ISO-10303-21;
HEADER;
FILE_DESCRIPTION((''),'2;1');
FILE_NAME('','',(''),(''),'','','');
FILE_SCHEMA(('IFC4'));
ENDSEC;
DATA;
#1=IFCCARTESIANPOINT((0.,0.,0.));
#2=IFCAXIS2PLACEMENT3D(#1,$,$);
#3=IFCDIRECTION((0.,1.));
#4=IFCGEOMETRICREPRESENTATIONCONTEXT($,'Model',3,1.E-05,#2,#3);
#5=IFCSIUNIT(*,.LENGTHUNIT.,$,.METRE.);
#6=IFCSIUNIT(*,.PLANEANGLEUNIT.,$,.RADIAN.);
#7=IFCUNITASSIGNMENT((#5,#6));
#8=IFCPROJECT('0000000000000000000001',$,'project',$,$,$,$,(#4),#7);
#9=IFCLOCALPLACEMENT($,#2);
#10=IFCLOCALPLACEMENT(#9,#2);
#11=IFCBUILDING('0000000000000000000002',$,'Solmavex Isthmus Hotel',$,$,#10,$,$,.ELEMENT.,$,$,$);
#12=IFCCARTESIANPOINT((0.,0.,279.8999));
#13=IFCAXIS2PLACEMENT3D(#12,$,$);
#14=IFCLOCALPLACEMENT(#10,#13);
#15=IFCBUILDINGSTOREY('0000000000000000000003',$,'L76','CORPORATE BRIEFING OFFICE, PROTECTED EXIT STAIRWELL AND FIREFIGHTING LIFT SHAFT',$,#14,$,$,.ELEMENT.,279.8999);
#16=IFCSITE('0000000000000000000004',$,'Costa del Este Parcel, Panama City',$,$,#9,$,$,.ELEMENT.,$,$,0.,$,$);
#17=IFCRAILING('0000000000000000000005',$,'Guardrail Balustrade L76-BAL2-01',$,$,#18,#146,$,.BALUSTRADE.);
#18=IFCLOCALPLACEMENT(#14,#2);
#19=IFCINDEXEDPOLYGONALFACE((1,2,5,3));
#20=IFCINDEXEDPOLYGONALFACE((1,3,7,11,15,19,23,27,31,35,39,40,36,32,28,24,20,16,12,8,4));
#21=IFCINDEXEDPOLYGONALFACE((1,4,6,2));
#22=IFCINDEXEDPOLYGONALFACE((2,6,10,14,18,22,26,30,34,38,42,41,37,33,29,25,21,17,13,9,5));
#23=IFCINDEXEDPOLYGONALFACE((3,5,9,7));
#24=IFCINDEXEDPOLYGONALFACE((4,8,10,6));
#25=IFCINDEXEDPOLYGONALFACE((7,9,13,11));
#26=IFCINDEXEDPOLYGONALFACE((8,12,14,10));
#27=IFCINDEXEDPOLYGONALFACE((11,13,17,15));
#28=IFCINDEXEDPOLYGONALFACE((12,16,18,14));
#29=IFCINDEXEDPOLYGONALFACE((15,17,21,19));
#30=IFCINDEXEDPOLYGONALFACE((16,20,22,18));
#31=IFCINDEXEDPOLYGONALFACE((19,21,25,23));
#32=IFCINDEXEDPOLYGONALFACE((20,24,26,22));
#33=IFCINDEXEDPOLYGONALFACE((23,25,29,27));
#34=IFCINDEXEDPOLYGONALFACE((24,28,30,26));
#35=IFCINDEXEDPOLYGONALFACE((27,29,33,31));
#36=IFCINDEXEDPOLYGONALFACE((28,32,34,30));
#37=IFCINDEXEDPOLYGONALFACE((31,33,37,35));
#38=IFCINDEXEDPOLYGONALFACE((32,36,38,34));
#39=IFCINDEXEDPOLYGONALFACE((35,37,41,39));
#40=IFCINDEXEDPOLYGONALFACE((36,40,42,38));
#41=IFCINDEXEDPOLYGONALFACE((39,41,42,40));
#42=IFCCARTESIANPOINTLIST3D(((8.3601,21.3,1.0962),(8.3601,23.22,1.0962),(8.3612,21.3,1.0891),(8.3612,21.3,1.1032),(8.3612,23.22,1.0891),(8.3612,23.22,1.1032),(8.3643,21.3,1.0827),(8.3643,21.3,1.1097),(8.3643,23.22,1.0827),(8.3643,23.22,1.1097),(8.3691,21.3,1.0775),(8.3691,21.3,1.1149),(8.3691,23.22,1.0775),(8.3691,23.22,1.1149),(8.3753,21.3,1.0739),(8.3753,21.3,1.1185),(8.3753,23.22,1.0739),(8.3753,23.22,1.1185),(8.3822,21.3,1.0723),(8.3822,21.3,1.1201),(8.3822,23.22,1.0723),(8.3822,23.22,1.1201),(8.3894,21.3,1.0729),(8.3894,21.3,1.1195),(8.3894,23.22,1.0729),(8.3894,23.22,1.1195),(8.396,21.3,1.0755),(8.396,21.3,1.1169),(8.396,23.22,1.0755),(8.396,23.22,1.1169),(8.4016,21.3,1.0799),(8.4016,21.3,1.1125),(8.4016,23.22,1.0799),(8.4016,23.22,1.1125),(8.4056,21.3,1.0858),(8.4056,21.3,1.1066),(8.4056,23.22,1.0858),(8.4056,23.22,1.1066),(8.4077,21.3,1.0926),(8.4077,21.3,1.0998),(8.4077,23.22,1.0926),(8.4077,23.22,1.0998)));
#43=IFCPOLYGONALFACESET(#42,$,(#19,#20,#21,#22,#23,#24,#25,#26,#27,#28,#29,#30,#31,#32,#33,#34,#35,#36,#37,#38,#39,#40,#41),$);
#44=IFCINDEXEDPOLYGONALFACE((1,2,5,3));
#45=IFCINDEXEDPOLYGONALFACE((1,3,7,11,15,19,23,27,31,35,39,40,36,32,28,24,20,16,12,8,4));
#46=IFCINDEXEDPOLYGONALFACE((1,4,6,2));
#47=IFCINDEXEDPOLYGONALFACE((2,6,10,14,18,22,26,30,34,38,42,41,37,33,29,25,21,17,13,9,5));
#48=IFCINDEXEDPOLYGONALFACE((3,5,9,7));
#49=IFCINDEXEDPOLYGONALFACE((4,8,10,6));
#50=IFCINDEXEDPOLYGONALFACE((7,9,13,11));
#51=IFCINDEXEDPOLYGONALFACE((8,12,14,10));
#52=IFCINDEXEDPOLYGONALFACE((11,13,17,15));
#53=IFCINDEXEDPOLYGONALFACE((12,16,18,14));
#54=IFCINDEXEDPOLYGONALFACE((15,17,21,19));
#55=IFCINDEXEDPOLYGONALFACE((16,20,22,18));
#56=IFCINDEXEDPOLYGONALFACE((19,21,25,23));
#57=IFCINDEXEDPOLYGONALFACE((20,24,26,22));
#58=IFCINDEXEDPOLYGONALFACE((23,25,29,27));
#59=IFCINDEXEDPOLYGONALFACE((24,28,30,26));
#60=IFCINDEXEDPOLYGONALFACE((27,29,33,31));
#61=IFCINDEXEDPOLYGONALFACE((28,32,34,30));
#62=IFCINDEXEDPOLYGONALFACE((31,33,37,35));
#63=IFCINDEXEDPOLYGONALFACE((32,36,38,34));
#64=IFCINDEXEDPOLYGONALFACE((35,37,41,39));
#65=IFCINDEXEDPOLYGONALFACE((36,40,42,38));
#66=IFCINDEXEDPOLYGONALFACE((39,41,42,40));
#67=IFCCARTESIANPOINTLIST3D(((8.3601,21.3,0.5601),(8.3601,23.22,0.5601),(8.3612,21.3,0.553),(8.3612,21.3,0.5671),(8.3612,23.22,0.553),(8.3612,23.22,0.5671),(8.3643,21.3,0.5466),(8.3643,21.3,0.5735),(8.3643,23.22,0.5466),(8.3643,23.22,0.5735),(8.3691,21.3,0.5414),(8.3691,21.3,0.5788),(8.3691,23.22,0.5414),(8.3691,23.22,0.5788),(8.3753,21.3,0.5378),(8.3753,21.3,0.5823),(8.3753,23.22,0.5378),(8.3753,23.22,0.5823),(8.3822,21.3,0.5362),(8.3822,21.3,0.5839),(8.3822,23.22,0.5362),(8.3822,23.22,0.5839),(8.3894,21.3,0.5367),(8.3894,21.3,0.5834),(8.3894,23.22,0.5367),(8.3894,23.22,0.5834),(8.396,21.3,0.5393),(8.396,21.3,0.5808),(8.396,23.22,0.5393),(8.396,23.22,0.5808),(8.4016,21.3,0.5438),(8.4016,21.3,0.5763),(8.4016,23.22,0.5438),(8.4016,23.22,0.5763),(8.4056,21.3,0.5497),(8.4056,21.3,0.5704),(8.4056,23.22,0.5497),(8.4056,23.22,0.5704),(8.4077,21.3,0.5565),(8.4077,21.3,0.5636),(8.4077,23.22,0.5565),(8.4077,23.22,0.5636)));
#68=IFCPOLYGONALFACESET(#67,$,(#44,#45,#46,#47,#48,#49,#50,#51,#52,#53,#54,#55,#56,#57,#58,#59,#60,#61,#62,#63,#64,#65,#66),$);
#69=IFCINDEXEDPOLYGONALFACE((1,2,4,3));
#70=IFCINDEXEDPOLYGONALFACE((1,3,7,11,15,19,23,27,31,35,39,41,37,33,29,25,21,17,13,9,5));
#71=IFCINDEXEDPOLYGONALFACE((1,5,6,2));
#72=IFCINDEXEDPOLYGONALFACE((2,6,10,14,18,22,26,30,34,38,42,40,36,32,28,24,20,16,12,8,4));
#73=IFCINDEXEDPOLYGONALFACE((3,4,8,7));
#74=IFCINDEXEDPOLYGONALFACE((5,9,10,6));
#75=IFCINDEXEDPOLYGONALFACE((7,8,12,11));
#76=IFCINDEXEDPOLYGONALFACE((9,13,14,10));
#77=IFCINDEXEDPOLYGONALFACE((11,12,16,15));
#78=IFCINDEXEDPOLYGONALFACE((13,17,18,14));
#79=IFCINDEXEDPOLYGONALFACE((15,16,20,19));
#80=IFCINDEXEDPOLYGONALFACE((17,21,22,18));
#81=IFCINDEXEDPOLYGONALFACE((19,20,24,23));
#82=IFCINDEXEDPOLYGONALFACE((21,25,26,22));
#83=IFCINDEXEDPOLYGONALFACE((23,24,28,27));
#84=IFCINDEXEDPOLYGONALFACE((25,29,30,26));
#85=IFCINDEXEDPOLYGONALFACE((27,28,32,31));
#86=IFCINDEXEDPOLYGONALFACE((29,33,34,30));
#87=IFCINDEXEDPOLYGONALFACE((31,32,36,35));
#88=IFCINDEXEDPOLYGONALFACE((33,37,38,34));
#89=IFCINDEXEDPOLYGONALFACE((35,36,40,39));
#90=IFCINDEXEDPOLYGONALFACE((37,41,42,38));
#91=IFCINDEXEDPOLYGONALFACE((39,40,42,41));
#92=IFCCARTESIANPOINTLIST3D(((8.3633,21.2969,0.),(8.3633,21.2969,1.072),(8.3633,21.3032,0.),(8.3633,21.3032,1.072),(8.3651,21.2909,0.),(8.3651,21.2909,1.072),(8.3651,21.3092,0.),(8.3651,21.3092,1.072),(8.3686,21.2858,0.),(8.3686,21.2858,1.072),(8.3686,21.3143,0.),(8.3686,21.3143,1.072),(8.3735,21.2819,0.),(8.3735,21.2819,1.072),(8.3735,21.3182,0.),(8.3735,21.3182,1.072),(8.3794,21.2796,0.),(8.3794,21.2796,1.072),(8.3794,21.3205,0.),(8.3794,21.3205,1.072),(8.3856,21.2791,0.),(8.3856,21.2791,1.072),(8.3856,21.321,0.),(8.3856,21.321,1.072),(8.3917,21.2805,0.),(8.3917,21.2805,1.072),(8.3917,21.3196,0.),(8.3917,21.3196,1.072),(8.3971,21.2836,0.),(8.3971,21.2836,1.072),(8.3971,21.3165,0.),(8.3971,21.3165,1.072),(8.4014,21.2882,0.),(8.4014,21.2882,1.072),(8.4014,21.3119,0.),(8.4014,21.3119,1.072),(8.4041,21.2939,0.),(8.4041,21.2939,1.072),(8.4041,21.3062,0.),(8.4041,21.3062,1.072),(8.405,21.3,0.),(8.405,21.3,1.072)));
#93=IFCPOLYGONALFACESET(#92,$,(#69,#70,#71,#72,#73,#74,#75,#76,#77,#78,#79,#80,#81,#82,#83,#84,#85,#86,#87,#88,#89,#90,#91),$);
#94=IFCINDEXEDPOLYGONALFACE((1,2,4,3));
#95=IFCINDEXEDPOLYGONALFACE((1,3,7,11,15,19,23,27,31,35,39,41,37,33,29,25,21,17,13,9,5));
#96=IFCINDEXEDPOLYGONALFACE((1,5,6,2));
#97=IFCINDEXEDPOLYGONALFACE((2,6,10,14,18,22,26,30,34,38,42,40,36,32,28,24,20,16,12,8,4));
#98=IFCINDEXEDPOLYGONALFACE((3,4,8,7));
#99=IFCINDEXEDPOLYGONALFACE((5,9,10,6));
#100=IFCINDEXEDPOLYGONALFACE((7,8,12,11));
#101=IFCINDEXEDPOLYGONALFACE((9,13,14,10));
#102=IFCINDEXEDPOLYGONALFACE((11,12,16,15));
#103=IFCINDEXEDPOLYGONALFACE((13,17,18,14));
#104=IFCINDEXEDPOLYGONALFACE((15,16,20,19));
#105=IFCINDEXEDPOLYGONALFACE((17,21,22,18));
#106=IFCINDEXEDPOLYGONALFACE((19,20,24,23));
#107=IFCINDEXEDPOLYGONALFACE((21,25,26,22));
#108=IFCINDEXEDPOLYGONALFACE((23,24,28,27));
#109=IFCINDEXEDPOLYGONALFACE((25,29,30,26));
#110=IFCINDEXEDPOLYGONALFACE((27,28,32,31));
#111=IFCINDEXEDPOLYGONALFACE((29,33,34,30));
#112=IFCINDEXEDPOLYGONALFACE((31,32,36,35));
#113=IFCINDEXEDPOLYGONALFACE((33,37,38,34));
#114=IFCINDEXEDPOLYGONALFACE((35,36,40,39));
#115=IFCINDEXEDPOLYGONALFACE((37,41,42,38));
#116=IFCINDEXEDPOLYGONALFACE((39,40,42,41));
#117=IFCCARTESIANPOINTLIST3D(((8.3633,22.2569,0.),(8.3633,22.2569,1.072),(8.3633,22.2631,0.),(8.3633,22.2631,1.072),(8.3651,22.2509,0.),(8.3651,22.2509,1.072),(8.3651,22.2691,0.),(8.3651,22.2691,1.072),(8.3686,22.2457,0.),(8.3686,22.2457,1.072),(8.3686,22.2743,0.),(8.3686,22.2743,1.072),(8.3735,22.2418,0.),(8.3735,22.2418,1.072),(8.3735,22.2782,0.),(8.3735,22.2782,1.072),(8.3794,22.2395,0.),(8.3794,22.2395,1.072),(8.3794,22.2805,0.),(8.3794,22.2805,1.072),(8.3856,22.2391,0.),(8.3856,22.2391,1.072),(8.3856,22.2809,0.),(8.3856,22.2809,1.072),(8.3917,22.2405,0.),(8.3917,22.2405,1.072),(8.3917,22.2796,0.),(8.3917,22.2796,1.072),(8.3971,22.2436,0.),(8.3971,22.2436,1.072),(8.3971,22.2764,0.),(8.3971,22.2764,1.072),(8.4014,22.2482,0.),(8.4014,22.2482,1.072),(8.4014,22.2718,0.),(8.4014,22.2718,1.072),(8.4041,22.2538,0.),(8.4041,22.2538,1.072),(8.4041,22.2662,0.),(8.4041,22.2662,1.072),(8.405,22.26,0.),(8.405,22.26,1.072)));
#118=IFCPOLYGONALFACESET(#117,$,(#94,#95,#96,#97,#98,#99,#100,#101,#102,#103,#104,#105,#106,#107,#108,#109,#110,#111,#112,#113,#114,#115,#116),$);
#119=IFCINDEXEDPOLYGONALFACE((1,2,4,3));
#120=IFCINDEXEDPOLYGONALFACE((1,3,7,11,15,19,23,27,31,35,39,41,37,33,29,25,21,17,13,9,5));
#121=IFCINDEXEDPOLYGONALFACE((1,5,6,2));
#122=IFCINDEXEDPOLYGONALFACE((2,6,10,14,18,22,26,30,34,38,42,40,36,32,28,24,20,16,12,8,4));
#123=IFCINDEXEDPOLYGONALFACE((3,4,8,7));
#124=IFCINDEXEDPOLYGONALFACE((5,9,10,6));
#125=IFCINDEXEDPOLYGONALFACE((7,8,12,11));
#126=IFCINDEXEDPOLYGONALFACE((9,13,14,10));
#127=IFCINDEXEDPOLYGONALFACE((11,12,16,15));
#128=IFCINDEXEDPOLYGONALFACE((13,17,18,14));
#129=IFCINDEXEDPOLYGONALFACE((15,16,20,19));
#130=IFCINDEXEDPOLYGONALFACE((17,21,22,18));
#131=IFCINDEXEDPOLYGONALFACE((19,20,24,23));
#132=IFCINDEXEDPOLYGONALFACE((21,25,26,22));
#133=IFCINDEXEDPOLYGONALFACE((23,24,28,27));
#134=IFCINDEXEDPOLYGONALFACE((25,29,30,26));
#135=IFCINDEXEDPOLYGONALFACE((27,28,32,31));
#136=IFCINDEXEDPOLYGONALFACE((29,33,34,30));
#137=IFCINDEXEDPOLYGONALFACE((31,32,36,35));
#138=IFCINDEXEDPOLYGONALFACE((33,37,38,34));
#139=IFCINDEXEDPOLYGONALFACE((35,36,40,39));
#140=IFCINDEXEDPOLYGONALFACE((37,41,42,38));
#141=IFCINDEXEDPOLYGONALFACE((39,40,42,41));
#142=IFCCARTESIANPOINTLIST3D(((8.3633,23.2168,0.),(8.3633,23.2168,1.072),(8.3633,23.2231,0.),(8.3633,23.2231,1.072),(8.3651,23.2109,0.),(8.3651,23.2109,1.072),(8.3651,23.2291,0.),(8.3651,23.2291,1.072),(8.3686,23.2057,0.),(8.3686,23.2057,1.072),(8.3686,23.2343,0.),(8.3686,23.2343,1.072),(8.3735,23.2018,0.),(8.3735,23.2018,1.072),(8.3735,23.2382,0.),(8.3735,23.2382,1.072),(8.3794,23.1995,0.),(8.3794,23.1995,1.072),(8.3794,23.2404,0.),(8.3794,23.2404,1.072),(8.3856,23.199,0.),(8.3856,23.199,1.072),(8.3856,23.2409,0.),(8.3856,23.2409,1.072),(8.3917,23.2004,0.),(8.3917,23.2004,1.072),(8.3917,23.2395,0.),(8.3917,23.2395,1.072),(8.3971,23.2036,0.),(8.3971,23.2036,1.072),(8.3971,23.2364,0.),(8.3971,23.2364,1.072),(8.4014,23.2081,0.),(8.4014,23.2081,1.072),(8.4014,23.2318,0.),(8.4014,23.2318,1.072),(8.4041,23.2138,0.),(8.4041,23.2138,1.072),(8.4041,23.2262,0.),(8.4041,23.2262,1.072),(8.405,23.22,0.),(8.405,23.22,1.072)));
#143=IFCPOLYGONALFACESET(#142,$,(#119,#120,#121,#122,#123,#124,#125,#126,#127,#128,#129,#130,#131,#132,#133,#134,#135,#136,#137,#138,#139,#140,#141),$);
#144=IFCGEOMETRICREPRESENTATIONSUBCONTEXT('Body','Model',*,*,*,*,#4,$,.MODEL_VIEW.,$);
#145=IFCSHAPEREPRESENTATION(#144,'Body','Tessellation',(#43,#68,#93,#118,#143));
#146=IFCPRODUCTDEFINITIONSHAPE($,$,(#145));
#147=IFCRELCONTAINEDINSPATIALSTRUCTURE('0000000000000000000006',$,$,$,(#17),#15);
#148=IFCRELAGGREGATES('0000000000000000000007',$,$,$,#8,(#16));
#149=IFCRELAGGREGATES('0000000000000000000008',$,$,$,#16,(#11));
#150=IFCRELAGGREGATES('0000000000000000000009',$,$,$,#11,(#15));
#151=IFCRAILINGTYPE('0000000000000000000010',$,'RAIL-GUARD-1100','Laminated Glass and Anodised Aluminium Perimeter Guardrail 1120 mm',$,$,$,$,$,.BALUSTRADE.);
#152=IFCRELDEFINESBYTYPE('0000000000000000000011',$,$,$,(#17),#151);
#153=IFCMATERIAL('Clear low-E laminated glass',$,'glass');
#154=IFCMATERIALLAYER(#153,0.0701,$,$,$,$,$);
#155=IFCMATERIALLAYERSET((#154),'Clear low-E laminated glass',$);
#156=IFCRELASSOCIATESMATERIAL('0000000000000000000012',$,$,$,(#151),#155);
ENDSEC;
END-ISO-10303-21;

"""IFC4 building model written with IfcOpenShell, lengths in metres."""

from ifc_helpers import new_model, si_unit, direction, frame, origin, origin_2d, place, context, subcontext, project, spatial, circle, extrude, material, layer, layer_set, type_object, element, save


model = new_model("IFC4")

# Units and contexts
model_context = context("Model", 3, precision=1e-05, world=origin(), true_north=direction((0.0, 1.0)))
body_context = subcontext(model_context, "Body", "Model", "MODEL_VIEW")
ifc_project = project(units=[si_unit("LENGTHUNIT", "METRE"), si_unit("PLANEANGLEUNIT", "RADIAN")], contexts=[model_context])

# Site, building, storey
site_placement = place(None, origin())
site = spatial("IfcSite", under=ifc_project, at=site_placement, Name="Costa del Este Parcel, Panama City", CompositionType="ELEMENT", RefElevation=0.0)
building_placement = place(site_placement, origin())
building = spatial("IfcBuilding", under=site, at=building_placement, Name="Solmavex Isthmus Hotel", CompositionType="ELEMENT")
storey_placement = place(building_placement, frame((0.0, 0.0, 279.8999)))
storey = spatial("IfcBuildingStorey", under=building, at=storey_placement, Name="L76", Description="CORPORATE BRIEFING OFFICE, PROTECTED EXIT STAIRWELL AND FIREFIGHTING LIFT SHAFT", CompositionType="ELEMENT", Elevation=279.8999)

# Shared definitions
ifc_material_1 = material(Name="Clear low-E laminated glass", Category="glass")

# Railing
ifc_layer_1 = layer(ifc_material_1, 0.0701)
ifc_layer_set_1 = layer_set([ifc_layer_1], Name="Clear low-E laminated glass")
railing_type = type_object("IfcRailingType", Name="RAIL-GUARD-1100", Description="Laminated Glass and Anodised Aluminium Perimeter Guardrail 1120 mm", PredefinedType="BALUSTRADE", material=ifc_layer_set_1)
railing_1_placement = place(storey_placement, frame((8.384, 21.3, 0.0)))
element("IfcRailing", 1, at=railing_1_placement, inside=storey, type_object=railing_type, Name="Guardrail Balustrade L76-BAL2-01", PredefinedType="BALUSTRADE", context=body_context, shape_type="SweptSolid", body=[
    extrude(circle(Radius=0.0239, at=origin_2d()), frame((0.0, 0.0, 1.0962), z_axis=(0.0, 1.0, 0.0), x_axis=(-1.0, 0.0, 0.0)), (0.0, 0.0, 1.0), 1.9199),
    extrude(circle(Radius=0.0239, at=origin_2d()), frame((0.0, 0.0, 0.5601), z_axis=(0.0, 1.0, 0.0), x_axis=(-1.0, 0.0, 0.0)), (0.0, 0.0, 1.0), 1.9199),
    extrude(circle(Radius=0.021, at=origin_2d()), origin(), (0.0, 0.0, 1.0), 1.072),
    extrude(circle(Radius=0.021, at=origin_2d()), frame((0.0, 0.96, 0.0)), (0.0, 0.0, 1.0), 1.072),
    extrude(circle(Radius=0.021, at=origin_2d()), frame((0.0, 1.9199, 0.0)), (0.0, 0.0, 1.0), 1.072),
])

save(model, "model.ifc")
